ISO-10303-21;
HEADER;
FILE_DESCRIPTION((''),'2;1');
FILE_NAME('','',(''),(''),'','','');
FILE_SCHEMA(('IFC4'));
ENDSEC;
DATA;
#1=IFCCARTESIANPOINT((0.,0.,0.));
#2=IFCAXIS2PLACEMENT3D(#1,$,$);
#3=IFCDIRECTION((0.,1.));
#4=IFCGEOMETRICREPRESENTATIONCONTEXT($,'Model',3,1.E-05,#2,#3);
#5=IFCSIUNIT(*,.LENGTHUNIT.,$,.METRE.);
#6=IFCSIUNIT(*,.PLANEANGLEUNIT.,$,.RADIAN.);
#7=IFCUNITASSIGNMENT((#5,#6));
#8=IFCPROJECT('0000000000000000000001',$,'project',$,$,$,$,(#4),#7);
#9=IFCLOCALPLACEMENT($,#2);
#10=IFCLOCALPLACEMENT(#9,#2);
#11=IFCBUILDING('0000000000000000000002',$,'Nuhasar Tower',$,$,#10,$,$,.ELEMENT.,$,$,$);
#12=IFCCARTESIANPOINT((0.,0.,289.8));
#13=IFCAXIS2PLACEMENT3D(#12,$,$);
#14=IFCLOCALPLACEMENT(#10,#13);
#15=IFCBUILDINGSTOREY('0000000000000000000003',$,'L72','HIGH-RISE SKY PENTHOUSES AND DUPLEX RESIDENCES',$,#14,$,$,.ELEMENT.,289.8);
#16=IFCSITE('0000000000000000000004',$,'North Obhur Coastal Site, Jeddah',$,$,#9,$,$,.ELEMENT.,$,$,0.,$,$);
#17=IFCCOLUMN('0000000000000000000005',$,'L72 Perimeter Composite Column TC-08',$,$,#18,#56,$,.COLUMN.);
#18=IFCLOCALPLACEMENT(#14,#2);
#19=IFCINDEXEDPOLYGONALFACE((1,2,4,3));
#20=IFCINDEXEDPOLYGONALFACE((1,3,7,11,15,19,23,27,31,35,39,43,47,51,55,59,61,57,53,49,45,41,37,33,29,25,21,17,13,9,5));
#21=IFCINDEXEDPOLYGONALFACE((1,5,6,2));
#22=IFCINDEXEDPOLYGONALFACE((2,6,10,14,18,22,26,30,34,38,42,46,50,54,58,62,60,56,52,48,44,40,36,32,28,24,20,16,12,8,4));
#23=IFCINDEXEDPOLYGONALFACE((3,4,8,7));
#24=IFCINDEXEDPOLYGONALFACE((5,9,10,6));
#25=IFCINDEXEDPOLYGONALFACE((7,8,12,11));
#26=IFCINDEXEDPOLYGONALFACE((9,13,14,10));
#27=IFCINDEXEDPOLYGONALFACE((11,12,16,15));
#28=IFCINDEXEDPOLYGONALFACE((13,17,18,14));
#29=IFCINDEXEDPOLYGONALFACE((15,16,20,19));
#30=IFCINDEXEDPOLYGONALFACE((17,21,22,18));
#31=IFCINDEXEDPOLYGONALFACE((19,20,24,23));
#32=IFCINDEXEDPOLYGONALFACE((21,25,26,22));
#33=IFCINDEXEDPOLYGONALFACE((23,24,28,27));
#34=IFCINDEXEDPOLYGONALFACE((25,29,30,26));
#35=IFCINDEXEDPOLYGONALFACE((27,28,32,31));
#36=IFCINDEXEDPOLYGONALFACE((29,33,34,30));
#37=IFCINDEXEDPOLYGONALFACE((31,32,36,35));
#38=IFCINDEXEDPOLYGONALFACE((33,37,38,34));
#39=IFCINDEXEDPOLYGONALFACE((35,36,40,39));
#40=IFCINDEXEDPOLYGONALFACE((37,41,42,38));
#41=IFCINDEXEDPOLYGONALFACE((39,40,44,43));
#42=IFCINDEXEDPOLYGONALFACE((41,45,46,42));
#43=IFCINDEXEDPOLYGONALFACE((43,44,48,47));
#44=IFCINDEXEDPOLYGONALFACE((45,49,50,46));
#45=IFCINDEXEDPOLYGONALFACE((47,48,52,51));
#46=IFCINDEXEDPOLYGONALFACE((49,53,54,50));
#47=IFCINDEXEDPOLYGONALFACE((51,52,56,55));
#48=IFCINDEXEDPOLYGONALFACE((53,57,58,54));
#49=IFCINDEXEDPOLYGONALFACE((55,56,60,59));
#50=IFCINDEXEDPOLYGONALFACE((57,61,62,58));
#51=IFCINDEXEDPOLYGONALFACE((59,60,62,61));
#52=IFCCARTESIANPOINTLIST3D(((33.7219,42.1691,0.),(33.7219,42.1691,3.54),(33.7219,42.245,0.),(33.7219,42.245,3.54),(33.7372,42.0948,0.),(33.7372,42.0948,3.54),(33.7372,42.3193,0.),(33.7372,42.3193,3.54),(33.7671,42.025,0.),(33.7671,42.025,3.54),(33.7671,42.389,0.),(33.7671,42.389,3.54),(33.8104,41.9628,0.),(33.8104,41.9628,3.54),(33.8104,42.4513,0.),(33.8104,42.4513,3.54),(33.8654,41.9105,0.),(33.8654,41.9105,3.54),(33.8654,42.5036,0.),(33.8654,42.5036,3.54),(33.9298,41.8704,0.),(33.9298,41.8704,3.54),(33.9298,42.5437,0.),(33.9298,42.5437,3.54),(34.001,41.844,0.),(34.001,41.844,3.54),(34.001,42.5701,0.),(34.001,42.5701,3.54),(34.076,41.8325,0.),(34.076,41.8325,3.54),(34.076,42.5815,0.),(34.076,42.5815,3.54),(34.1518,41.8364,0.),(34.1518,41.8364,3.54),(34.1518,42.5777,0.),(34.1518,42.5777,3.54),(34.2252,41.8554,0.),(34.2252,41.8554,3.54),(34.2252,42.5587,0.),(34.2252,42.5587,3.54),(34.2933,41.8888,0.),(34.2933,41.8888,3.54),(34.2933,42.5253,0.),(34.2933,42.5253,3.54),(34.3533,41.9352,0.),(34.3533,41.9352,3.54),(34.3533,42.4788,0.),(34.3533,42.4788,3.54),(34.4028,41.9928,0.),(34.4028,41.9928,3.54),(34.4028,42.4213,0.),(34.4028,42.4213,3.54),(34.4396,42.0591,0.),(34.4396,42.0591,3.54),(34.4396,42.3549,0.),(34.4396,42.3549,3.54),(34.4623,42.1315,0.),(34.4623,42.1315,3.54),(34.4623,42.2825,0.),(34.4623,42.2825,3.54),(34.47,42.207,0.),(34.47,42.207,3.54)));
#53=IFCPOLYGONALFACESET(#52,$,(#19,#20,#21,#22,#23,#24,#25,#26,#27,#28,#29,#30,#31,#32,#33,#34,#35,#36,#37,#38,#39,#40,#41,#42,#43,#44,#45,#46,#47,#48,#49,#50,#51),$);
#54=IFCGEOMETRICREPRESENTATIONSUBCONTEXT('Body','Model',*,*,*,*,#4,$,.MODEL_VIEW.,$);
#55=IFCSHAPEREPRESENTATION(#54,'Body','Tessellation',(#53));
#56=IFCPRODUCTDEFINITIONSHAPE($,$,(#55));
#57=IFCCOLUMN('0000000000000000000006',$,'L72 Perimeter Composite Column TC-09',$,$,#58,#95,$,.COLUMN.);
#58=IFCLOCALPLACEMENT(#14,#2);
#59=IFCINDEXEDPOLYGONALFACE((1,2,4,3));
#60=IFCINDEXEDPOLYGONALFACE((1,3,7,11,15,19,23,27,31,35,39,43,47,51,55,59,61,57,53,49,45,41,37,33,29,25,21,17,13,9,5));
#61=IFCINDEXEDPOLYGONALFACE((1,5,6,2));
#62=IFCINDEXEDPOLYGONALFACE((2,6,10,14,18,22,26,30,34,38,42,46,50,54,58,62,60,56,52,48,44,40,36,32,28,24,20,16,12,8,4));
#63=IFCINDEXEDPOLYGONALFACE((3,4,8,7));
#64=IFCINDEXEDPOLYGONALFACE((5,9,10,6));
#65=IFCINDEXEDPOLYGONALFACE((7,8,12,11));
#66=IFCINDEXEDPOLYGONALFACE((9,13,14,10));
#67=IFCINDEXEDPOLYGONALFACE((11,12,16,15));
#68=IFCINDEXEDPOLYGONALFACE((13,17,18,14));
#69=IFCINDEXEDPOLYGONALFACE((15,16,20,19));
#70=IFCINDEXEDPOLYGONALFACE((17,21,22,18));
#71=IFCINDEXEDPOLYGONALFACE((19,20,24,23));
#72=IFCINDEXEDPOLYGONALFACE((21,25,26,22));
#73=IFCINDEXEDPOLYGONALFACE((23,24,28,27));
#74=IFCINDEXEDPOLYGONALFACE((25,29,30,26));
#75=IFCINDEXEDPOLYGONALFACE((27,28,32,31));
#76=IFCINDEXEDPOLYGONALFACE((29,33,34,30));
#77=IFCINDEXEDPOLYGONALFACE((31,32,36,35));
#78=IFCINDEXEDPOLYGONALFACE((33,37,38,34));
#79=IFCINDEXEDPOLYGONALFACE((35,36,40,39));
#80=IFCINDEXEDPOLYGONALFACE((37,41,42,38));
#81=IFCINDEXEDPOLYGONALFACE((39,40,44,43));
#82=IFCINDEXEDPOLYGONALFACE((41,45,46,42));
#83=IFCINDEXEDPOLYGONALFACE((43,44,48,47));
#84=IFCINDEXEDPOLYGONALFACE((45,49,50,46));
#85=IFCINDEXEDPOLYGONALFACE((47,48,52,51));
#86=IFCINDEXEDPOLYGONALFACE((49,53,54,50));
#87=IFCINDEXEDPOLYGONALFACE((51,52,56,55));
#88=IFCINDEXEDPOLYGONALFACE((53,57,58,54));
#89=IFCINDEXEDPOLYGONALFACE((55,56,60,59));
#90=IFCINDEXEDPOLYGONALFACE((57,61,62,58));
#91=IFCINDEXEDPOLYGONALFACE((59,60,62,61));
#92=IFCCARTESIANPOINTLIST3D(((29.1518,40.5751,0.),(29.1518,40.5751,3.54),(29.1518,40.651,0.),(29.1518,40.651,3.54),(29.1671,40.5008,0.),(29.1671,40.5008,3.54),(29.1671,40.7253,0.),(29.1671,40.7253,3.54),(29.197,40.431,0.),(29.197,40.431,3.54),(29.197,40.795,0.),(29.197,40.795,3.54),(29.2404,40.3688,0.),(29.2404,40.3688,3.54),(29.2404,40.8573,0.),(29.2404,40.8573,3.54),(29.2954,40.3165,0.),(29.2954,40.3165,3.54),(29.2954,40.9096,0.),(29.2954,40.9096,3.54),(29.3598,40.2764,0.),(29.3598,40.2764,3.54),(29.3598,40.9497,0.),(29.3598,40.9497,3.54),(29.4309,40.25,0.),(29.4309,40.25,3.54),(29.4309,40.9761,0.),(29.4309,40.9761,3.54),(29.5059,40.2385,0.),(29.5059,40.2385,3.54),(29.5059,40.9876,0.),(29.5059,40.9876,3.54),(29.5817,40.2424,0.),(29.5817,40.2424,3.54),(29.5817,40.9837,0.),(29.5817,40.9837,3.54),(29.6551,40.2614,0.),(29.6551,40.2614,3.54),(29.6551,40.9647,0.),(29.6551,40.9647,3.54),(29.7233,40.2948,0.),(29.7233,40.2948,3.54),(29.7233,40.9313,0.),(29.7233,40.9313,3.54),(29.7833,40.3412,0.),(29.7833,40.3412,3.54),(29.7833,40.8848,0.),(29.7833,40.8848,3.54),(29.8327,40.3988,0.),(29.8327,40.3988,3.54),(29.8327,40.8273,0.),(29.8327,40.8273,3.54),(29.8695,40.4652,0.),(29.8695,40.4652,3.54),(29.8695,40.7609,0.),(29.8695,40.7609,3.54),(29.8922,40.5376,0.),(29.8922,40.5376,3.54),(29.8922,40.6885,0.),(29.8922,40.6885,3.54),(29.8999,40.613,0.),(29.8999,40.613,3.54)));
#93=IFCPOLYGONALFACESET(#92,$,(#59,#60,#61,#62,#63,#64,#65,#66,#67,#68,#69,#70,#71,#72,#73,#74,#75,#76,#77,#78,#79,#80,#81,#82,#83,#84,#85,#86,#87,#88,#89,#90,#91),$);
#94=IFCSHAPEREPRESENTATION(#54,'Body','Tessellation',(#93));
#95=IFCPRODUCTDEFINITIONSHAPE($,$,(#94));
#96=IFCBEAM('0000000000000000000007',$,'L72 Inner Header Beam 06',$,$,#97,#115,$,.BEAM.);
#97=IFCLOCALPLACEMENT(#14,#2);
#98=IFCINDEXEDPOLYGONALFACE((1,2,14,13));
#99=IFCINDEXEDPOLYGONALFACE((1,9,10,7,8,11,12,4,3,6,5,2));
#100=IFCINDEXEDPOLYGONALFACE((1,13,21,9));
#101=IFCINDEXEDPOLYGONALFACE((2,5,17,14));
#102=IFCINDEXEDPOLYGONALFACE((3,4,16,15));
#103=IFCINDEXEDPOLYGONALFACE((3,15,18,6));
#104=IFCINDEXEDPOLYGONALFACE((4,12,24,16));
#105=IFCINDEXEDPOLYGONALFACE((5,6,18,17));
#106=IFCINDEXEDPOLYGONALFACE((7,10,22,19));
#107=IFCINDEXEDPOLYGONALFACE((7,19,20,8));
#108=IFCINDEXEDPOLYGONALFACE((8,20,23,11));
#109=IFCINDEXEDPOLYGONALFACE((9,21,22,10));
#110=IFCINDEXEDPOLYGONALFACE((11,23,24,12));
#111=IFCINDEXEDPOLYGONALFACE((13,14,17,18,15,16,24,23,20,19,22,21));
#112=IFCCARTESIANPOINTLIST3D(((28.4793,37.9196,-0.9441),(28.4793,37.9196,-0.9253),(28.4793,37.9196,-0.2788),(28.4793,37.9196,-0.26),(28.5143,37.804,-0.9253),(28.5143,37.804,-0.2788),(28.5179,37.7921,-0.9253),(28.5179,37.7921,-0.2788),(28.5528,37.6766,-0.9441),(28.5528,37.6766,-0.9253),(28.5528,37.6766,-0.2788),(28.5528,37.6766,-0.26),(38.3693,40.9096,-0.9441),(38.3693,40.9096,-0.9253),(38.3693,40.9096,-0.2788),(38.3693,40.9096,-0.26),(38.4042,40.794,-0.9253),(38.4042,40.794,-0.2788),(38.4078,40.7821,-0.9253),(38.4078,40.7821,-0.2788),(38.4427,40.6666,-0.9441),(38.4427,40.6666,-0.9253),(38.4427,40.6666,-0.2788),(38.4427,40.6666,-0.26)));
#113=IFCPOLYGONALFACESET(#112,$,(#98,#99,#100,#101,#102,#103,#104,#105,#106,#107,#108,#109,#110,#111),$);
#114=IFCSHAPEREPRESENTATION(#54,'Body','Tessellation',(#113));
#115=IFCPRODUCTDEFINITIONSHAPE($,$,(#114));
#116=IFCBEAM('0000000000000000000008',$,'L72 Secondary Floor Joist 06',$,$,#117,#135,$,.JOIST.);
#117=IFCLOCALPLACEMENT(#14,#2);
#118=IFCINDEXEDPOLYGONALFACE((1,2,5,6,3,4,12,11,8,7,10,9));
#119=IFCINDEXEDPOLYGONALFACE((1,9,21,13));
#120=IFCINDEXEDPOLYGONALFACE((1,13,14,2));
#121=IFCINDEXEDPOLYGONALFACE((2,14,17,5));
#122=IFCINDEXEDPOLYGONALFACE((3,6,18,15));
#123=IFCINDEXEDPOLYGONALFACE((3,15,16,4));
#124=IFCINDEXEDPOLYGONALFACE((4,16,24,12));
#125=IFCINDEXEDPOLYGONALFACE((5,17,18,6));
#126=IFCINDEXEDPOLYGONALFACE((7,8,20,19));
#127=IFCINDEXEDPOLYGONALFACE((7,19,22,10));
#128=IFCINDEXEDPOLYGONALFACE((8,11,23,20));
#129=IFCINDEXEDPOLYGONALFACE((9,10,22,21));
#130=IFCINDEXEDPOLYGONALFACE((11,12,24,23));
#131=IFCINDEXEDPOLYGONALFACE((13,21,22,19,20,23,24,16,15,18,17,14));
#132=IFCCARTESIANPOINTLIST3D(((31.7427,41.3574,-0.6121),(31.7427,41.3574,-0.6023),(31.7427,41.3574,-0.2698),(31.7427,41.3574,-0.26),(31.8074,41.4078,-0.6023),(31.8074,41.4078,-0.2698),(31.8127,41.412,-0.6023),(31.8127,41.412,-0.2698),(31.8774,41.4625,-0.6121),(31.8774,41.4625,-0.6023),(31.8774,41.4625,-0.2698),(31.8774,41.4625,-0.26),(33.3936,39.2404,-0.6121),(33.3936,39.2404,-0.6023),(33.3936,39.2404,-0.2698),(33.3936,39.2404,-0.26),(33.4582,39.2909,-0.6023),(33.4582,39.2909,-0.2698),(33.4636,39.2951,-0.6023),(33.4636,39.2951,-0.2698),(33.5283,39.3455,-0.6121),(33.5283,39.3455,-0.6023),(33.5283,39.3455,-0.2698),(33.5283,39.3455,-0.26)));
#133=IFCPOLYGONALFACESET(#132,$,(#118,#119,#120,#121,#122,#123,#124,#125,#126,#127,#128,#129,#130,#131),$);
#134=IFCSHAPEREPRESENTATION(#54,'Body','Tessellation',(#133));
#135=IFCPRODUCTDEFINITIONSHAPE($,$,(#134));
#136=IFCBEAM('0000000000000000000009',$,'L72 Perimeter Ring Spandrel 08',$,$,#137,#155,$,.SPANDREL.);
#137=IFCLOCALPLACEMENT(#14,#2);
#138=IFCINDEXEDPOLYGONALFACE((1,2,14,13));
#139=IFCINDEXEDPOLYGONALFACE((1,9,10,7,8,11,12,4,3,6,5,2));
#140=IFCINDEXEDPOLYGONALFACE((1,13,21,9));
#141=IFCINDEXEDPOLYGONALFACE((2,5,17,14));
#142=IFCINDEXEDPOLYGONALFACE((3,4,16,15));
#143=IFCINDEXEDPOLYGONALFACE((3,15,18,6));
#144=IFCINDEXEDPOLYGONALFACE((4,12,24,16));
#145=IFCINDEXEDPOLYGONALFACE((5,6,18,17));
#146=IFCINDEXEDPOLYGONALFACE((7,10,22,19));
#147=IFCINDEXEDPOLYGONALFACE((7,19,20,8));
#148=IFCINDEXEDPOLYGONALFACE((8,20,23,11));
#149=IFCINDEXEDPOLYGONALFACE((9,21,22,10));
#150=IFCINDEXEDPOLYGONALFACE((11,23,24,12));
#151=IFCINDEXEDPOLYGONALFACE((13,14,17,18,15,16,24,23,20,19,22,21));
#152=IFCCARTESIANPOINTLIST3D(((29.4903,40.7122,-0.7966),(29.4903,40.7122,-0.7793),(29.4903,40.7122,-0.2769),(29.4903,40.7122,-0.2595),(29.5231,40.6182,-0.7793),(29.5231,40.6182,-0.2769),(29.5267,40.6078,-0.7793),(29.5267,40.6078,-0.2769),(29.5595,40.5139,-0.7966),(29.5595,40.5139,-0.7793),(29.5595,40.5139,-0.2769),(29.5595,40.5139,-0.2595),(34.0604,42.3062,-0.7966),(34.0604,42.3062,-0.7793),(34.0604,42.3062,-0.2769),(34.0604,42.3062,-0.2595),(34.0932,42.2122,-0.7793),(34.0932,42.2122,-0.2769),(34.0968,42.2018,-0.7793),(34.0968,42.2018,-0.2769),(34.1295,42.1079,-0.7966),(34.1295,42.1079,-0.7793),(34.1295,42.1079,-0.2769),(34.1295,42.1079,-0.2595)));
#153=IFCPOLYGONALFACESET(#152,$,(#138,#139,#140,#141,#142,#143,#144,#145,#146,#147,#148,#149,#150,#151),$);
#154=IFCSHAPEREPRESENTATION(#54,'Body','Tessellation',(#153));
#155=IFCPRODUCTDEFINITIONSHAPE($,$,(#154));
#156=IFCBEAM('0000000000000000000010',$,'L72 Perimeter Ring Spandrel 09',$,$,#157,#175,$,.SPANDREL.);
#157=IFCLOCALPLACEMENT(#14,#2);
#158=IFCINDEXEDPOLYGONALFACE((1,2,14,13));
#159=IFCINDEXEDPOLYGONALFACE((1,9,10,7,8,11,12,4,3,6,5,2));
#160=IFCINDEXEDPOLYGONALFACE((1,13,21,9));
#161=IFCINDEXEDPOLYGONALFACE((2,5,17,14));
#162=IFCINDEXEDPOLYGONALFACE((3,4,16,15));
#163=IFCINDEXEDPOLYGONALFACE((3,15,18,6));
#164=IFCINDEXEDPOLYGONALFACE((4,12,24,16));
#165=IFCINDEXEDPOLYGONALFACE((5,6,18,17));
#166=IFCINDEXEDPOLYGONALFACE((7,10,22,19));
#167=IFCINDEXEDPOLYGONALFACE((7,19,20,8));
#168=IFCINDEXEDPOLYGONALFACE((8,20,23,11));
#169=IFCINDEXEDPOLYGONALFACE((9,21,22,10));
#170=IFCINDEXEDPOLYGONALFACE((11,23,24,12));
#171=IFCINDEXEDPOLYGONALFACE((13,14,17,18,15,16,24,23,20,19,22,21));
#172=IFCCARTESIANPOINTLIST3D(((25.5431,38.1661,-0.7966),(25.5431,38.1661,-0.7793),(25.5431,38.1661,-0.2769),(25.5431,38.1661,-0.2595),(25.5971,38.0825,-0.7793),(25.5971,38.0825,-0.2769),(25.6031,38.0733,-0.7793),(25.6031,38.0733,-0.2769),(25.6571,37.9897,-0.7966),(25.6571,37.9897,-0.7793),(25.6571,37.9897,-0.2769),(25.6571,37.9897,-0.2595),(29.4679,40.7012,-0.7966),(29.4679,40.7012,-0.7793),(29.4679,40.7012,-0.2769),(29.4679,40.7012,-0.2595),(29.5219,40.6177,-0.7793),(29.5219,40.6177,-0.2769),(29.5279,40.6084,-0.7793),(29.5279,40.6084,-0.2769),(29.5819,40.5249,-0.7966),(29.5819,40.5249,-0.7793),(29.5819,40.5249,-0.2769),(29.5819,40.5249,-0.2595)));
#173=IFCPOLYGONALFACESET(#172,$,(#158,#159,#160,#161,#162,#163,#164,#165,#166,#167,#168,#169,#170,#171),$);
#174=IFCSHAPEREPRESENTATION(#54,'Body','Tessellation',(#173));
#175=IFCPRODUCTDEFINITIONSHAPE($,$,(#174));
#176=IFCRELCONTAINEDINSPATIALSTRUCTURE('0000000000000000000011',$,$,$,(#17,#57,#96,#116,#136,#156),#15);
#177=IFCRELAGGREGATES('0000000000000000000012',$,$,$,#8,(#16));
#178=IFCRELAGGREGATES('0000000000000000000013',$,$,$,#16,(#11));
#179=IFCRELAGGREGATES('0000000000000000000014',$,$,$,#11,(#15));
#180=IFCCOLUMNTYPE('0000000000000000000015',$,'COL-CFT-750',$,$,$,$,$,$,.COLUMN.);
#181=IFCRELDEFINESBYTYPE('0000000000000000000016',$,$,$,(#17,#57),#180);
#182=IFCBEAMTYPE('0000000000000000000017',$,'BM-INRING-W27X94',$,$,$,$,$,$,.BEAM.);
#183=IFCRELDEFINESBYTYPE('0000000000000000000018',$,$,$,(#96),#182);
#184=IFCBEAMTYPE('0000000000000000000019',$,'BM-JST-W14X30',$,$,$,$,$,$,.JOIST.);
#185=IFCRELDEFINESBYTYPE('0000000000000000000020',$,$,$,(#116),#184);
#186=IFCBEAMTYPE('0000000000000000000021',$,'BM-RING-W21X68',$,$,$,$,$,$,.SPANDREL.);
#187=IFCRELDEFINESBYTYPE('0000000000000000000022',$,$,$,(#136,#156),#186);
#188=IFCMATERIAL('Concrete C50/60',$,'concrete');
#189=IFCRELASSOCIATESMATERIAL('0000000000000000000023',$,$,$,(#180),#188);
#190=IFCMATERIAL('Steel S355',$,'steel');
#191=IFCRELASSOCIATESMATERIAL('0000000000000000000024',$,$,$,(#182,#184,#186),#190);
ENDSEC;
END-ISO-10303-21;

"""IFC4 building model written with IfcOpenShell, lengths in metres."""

from ifc_helpers import new_model, si_unit, direction, frame, origin, origin_2d, place, context, subcontext, project, spatial, circle, i_section, extrude, material, material_profile, profile_set, type_object, element, save


model = new_model("IFC4")

# Units and contexts
model_context = context("Model", 3, precision=1e-05, world=origin(), true_north=direction((0.0, 1.0)))
body_context = subcontext(model_context, "Body", "Model", "MODEL_VIEW")
ifc_project = project(units=[si_unit("LENGTHUNIT", "METRE"), si_unit("PLANEANGLEUNIT", "RADIAN")], contexts=[model_context])

# Site, building, storey
site_placement = place(None, origin())
site = spatial("IfcSite", under=ifc_project, at=site_placement, Name="North Obhur Coastal Site, Jeddah", CompositionType="ELEMENT", RefElevation=0.0)
building_placement = place(site_placement, origin())
building = spatial("IfcBuilding", under=site, at=building_placement, Name="Nuhasar Tower", CompositionType="ELEMENT")
storey_placement = place(building_placement, frame((0.0, 0.0, 289.8)))
storey = spatial("IfcBuildingStorey", under=building, at=storey_placement, Name="L72", Description="HIGH-RISE SKY PENTHOUSES AND DUPLEX RESIDENCES", CompositionType="ELEMENT", Elevation=289.8)

# Columns
ifc_material_1 = material(Name="Concrete C50/60", Category="concrete")
ifc_material_profile_1 = material_profile(ifc_material_1, circle(Radius=0.375, at=origin_2d()), Name="CFT750")
ifc_profile_set_1 = profile_set([ifc_material_profile_1], Name="Concrete C50/60")
column_type = type_object("IfcColumnType", Name="COL-CFT-750", PredefinedType="COLUMN", material=ifc_profile_set_1)
for number, where, z_axis, x_axis, name in (
    (1, (34.095, 42.207, 0.0), (0.0, 0.0, 1.0), (1.0, 0.0, 0.0), "L72 Perimeter Composite Column TC-08"),
    (2, (29.5249, 40.613, 0.0), (0.0, 0.0, 1.0), (1.0, 0.0, 0.0), "L72 Perimeter Composite Column TC-09"),
):
    element("IfcColumn", number, at=place(storey_placement, frame(where, z_axis=z_axis, x_axis=x_axis)), inside=storey, type_object=column_type, Name=name, PredefinedType="COLUMN", context=body_context, shape_type="SweptSolid", body=[
        extrude(circle(Radius=0.375, at=origin_2d()), origin(), (0.0, 0.0, 1.0), 3.54),
    ])

# Beams
ifc_material_2 = material(Name="Steel S355", Category="steel")
ifc_material_profile_2 = material_profile(ifc_material_2, i_section(OverallWidth=0.2539, OverallDepth=0.6841, WebThickness=0.0125, FlangeThickness=0.0188, at=origin_2d()), Name="W27X94")
ifc_profile_set_2 = profile_set([ifc_material_profile_2], Name="Steel S355")
beam_type_1 = type_object("IfcBeamType", Name="BM-INRING-W27X94", PredefinedType="BEAM", material=ifc_profile_set_2)
beam_1_placement = place(storey_placement, frame((38.406, 40.7881, -0.6021), z_axis=(-0.957211, -0.289392, 0.0), x_axis=(0.289392, -0.957211, 0.0)))
element("IfcBeam", 3, at=beam_1_placement, inside=storey, type_object=beam_type_1, Name="L72 Inner Header Beam 06", PredefinedType="BEAM", context=body_context, shape_type="SweptSolid", body=[
    extrude(i_section(OverallWidth=0.2539, OverallDepth=0.6841, WebThickness=0.0125, FlangeThickness=0.0188, at=origin_2d()), origin(), (0.0, 0.0, 1.0), 10.332),
])
ifc_material_profile_3 = material_profile(ifc_material_2, i_section(OverallWidth=0.1709, OverallDepth=0.3521, WebThickness=0.0068, FlangeThickness=0.0098, at=origin_2d()), Name="W14X30")
ifc_profile_set_3 = profile_set([ifc_material_profile_3], Name="Steel S355")
beam_type_2 = type_object("IfcBeamType", Name="BM-JST-W14X30", PredefinedType="JOIST", material=ifc_profile_set_3)
beam_2_placement = place(storey_placement, frame((33.4609, 39.293, -0.436), z_axis=(-0.614954, 0.788563, 0.0), x_axis=(-0.788563, -0.614954, 0.0)))
element("IfcBeam", 4, at=beam_2_placement, inside=storey, type_object=beam_type_2, Name="L72 Secondary Floor Joist 06", PredefinedType="JOIST", context=body_context, shape_type="SweptSolid", body=[
    extrude(i_section(OverallWidth=0.1709, OverallDepth=0.3521, WebThickness=0.0068, FlangeThickness=0.0098, at=origin_2d()), origin(), (0.0, 0.0, 1.0), 2.6846),
])
ifc_material_profile_4 = material_profile(ifc_material_2, i_section(OverallWidth=0.21, OverallDepth=0.5371, WebThickness=0.011, FlangeThickness=0.0173, at=origin_2d()), Name="W21X68")
ifc_profile_set_4 = profile_set([ifc_material_profile_4], Name="Steel S355")
beam_type_3 = type_object("IfcBeamType", Name="BM-RING-W21X68", PredefinedType="SPANDREL", material=ifc_profile_set_4)
beam_3_placement = place(storey_placement, frame((34.095, 42.207, -0.5281), z_axis=(-0.944214, -0.329332, 0.0), x_axis=(0.329332, -0.944214, 0.0)))
element("IfcBeam", 5, at=beam_3_placement, inside=storey, type_object=beam_type_3, Name="L72 Perimeter Ring Spandrel 08", PredefinedType="SPANDREL", context=body_context, shape_type="SweptSolid", body=[
    extrude(i_section(OverallWidth=0.21, OverallDepth=0.5371, WebThickness=0.011, FlangeThickness=0.0173, at=origin_2d()), origin(), (0.0, 0.0, 1.0), 4.8401),
])
beam_4_placement = place(storey_placement, frame((29.5249, 40.613, -0.5281), z_axis=(-0.840002, -0.542584, 0.0), x_axis=(0.542584, -0.840002, 0.0)))
element("IfcBeam", 6, at=beam_4_placement, inside=storey, type_object=beam_type_3, Name="L72 Perimeter Ring Spandrel 09", PredefinedType="SPANDREL", context=body_context, shape_type="SweptSolid", body=[
    extrude(i_section(OverallWidth=0.21, OverallDepth=0.5371, WebThickness=0.011, FlangeThickness=0.0173, at=origin_2d()), origin(), (0.0, 0.0, 1.0), 4.6724),
])

save(model, "model.ifc")
